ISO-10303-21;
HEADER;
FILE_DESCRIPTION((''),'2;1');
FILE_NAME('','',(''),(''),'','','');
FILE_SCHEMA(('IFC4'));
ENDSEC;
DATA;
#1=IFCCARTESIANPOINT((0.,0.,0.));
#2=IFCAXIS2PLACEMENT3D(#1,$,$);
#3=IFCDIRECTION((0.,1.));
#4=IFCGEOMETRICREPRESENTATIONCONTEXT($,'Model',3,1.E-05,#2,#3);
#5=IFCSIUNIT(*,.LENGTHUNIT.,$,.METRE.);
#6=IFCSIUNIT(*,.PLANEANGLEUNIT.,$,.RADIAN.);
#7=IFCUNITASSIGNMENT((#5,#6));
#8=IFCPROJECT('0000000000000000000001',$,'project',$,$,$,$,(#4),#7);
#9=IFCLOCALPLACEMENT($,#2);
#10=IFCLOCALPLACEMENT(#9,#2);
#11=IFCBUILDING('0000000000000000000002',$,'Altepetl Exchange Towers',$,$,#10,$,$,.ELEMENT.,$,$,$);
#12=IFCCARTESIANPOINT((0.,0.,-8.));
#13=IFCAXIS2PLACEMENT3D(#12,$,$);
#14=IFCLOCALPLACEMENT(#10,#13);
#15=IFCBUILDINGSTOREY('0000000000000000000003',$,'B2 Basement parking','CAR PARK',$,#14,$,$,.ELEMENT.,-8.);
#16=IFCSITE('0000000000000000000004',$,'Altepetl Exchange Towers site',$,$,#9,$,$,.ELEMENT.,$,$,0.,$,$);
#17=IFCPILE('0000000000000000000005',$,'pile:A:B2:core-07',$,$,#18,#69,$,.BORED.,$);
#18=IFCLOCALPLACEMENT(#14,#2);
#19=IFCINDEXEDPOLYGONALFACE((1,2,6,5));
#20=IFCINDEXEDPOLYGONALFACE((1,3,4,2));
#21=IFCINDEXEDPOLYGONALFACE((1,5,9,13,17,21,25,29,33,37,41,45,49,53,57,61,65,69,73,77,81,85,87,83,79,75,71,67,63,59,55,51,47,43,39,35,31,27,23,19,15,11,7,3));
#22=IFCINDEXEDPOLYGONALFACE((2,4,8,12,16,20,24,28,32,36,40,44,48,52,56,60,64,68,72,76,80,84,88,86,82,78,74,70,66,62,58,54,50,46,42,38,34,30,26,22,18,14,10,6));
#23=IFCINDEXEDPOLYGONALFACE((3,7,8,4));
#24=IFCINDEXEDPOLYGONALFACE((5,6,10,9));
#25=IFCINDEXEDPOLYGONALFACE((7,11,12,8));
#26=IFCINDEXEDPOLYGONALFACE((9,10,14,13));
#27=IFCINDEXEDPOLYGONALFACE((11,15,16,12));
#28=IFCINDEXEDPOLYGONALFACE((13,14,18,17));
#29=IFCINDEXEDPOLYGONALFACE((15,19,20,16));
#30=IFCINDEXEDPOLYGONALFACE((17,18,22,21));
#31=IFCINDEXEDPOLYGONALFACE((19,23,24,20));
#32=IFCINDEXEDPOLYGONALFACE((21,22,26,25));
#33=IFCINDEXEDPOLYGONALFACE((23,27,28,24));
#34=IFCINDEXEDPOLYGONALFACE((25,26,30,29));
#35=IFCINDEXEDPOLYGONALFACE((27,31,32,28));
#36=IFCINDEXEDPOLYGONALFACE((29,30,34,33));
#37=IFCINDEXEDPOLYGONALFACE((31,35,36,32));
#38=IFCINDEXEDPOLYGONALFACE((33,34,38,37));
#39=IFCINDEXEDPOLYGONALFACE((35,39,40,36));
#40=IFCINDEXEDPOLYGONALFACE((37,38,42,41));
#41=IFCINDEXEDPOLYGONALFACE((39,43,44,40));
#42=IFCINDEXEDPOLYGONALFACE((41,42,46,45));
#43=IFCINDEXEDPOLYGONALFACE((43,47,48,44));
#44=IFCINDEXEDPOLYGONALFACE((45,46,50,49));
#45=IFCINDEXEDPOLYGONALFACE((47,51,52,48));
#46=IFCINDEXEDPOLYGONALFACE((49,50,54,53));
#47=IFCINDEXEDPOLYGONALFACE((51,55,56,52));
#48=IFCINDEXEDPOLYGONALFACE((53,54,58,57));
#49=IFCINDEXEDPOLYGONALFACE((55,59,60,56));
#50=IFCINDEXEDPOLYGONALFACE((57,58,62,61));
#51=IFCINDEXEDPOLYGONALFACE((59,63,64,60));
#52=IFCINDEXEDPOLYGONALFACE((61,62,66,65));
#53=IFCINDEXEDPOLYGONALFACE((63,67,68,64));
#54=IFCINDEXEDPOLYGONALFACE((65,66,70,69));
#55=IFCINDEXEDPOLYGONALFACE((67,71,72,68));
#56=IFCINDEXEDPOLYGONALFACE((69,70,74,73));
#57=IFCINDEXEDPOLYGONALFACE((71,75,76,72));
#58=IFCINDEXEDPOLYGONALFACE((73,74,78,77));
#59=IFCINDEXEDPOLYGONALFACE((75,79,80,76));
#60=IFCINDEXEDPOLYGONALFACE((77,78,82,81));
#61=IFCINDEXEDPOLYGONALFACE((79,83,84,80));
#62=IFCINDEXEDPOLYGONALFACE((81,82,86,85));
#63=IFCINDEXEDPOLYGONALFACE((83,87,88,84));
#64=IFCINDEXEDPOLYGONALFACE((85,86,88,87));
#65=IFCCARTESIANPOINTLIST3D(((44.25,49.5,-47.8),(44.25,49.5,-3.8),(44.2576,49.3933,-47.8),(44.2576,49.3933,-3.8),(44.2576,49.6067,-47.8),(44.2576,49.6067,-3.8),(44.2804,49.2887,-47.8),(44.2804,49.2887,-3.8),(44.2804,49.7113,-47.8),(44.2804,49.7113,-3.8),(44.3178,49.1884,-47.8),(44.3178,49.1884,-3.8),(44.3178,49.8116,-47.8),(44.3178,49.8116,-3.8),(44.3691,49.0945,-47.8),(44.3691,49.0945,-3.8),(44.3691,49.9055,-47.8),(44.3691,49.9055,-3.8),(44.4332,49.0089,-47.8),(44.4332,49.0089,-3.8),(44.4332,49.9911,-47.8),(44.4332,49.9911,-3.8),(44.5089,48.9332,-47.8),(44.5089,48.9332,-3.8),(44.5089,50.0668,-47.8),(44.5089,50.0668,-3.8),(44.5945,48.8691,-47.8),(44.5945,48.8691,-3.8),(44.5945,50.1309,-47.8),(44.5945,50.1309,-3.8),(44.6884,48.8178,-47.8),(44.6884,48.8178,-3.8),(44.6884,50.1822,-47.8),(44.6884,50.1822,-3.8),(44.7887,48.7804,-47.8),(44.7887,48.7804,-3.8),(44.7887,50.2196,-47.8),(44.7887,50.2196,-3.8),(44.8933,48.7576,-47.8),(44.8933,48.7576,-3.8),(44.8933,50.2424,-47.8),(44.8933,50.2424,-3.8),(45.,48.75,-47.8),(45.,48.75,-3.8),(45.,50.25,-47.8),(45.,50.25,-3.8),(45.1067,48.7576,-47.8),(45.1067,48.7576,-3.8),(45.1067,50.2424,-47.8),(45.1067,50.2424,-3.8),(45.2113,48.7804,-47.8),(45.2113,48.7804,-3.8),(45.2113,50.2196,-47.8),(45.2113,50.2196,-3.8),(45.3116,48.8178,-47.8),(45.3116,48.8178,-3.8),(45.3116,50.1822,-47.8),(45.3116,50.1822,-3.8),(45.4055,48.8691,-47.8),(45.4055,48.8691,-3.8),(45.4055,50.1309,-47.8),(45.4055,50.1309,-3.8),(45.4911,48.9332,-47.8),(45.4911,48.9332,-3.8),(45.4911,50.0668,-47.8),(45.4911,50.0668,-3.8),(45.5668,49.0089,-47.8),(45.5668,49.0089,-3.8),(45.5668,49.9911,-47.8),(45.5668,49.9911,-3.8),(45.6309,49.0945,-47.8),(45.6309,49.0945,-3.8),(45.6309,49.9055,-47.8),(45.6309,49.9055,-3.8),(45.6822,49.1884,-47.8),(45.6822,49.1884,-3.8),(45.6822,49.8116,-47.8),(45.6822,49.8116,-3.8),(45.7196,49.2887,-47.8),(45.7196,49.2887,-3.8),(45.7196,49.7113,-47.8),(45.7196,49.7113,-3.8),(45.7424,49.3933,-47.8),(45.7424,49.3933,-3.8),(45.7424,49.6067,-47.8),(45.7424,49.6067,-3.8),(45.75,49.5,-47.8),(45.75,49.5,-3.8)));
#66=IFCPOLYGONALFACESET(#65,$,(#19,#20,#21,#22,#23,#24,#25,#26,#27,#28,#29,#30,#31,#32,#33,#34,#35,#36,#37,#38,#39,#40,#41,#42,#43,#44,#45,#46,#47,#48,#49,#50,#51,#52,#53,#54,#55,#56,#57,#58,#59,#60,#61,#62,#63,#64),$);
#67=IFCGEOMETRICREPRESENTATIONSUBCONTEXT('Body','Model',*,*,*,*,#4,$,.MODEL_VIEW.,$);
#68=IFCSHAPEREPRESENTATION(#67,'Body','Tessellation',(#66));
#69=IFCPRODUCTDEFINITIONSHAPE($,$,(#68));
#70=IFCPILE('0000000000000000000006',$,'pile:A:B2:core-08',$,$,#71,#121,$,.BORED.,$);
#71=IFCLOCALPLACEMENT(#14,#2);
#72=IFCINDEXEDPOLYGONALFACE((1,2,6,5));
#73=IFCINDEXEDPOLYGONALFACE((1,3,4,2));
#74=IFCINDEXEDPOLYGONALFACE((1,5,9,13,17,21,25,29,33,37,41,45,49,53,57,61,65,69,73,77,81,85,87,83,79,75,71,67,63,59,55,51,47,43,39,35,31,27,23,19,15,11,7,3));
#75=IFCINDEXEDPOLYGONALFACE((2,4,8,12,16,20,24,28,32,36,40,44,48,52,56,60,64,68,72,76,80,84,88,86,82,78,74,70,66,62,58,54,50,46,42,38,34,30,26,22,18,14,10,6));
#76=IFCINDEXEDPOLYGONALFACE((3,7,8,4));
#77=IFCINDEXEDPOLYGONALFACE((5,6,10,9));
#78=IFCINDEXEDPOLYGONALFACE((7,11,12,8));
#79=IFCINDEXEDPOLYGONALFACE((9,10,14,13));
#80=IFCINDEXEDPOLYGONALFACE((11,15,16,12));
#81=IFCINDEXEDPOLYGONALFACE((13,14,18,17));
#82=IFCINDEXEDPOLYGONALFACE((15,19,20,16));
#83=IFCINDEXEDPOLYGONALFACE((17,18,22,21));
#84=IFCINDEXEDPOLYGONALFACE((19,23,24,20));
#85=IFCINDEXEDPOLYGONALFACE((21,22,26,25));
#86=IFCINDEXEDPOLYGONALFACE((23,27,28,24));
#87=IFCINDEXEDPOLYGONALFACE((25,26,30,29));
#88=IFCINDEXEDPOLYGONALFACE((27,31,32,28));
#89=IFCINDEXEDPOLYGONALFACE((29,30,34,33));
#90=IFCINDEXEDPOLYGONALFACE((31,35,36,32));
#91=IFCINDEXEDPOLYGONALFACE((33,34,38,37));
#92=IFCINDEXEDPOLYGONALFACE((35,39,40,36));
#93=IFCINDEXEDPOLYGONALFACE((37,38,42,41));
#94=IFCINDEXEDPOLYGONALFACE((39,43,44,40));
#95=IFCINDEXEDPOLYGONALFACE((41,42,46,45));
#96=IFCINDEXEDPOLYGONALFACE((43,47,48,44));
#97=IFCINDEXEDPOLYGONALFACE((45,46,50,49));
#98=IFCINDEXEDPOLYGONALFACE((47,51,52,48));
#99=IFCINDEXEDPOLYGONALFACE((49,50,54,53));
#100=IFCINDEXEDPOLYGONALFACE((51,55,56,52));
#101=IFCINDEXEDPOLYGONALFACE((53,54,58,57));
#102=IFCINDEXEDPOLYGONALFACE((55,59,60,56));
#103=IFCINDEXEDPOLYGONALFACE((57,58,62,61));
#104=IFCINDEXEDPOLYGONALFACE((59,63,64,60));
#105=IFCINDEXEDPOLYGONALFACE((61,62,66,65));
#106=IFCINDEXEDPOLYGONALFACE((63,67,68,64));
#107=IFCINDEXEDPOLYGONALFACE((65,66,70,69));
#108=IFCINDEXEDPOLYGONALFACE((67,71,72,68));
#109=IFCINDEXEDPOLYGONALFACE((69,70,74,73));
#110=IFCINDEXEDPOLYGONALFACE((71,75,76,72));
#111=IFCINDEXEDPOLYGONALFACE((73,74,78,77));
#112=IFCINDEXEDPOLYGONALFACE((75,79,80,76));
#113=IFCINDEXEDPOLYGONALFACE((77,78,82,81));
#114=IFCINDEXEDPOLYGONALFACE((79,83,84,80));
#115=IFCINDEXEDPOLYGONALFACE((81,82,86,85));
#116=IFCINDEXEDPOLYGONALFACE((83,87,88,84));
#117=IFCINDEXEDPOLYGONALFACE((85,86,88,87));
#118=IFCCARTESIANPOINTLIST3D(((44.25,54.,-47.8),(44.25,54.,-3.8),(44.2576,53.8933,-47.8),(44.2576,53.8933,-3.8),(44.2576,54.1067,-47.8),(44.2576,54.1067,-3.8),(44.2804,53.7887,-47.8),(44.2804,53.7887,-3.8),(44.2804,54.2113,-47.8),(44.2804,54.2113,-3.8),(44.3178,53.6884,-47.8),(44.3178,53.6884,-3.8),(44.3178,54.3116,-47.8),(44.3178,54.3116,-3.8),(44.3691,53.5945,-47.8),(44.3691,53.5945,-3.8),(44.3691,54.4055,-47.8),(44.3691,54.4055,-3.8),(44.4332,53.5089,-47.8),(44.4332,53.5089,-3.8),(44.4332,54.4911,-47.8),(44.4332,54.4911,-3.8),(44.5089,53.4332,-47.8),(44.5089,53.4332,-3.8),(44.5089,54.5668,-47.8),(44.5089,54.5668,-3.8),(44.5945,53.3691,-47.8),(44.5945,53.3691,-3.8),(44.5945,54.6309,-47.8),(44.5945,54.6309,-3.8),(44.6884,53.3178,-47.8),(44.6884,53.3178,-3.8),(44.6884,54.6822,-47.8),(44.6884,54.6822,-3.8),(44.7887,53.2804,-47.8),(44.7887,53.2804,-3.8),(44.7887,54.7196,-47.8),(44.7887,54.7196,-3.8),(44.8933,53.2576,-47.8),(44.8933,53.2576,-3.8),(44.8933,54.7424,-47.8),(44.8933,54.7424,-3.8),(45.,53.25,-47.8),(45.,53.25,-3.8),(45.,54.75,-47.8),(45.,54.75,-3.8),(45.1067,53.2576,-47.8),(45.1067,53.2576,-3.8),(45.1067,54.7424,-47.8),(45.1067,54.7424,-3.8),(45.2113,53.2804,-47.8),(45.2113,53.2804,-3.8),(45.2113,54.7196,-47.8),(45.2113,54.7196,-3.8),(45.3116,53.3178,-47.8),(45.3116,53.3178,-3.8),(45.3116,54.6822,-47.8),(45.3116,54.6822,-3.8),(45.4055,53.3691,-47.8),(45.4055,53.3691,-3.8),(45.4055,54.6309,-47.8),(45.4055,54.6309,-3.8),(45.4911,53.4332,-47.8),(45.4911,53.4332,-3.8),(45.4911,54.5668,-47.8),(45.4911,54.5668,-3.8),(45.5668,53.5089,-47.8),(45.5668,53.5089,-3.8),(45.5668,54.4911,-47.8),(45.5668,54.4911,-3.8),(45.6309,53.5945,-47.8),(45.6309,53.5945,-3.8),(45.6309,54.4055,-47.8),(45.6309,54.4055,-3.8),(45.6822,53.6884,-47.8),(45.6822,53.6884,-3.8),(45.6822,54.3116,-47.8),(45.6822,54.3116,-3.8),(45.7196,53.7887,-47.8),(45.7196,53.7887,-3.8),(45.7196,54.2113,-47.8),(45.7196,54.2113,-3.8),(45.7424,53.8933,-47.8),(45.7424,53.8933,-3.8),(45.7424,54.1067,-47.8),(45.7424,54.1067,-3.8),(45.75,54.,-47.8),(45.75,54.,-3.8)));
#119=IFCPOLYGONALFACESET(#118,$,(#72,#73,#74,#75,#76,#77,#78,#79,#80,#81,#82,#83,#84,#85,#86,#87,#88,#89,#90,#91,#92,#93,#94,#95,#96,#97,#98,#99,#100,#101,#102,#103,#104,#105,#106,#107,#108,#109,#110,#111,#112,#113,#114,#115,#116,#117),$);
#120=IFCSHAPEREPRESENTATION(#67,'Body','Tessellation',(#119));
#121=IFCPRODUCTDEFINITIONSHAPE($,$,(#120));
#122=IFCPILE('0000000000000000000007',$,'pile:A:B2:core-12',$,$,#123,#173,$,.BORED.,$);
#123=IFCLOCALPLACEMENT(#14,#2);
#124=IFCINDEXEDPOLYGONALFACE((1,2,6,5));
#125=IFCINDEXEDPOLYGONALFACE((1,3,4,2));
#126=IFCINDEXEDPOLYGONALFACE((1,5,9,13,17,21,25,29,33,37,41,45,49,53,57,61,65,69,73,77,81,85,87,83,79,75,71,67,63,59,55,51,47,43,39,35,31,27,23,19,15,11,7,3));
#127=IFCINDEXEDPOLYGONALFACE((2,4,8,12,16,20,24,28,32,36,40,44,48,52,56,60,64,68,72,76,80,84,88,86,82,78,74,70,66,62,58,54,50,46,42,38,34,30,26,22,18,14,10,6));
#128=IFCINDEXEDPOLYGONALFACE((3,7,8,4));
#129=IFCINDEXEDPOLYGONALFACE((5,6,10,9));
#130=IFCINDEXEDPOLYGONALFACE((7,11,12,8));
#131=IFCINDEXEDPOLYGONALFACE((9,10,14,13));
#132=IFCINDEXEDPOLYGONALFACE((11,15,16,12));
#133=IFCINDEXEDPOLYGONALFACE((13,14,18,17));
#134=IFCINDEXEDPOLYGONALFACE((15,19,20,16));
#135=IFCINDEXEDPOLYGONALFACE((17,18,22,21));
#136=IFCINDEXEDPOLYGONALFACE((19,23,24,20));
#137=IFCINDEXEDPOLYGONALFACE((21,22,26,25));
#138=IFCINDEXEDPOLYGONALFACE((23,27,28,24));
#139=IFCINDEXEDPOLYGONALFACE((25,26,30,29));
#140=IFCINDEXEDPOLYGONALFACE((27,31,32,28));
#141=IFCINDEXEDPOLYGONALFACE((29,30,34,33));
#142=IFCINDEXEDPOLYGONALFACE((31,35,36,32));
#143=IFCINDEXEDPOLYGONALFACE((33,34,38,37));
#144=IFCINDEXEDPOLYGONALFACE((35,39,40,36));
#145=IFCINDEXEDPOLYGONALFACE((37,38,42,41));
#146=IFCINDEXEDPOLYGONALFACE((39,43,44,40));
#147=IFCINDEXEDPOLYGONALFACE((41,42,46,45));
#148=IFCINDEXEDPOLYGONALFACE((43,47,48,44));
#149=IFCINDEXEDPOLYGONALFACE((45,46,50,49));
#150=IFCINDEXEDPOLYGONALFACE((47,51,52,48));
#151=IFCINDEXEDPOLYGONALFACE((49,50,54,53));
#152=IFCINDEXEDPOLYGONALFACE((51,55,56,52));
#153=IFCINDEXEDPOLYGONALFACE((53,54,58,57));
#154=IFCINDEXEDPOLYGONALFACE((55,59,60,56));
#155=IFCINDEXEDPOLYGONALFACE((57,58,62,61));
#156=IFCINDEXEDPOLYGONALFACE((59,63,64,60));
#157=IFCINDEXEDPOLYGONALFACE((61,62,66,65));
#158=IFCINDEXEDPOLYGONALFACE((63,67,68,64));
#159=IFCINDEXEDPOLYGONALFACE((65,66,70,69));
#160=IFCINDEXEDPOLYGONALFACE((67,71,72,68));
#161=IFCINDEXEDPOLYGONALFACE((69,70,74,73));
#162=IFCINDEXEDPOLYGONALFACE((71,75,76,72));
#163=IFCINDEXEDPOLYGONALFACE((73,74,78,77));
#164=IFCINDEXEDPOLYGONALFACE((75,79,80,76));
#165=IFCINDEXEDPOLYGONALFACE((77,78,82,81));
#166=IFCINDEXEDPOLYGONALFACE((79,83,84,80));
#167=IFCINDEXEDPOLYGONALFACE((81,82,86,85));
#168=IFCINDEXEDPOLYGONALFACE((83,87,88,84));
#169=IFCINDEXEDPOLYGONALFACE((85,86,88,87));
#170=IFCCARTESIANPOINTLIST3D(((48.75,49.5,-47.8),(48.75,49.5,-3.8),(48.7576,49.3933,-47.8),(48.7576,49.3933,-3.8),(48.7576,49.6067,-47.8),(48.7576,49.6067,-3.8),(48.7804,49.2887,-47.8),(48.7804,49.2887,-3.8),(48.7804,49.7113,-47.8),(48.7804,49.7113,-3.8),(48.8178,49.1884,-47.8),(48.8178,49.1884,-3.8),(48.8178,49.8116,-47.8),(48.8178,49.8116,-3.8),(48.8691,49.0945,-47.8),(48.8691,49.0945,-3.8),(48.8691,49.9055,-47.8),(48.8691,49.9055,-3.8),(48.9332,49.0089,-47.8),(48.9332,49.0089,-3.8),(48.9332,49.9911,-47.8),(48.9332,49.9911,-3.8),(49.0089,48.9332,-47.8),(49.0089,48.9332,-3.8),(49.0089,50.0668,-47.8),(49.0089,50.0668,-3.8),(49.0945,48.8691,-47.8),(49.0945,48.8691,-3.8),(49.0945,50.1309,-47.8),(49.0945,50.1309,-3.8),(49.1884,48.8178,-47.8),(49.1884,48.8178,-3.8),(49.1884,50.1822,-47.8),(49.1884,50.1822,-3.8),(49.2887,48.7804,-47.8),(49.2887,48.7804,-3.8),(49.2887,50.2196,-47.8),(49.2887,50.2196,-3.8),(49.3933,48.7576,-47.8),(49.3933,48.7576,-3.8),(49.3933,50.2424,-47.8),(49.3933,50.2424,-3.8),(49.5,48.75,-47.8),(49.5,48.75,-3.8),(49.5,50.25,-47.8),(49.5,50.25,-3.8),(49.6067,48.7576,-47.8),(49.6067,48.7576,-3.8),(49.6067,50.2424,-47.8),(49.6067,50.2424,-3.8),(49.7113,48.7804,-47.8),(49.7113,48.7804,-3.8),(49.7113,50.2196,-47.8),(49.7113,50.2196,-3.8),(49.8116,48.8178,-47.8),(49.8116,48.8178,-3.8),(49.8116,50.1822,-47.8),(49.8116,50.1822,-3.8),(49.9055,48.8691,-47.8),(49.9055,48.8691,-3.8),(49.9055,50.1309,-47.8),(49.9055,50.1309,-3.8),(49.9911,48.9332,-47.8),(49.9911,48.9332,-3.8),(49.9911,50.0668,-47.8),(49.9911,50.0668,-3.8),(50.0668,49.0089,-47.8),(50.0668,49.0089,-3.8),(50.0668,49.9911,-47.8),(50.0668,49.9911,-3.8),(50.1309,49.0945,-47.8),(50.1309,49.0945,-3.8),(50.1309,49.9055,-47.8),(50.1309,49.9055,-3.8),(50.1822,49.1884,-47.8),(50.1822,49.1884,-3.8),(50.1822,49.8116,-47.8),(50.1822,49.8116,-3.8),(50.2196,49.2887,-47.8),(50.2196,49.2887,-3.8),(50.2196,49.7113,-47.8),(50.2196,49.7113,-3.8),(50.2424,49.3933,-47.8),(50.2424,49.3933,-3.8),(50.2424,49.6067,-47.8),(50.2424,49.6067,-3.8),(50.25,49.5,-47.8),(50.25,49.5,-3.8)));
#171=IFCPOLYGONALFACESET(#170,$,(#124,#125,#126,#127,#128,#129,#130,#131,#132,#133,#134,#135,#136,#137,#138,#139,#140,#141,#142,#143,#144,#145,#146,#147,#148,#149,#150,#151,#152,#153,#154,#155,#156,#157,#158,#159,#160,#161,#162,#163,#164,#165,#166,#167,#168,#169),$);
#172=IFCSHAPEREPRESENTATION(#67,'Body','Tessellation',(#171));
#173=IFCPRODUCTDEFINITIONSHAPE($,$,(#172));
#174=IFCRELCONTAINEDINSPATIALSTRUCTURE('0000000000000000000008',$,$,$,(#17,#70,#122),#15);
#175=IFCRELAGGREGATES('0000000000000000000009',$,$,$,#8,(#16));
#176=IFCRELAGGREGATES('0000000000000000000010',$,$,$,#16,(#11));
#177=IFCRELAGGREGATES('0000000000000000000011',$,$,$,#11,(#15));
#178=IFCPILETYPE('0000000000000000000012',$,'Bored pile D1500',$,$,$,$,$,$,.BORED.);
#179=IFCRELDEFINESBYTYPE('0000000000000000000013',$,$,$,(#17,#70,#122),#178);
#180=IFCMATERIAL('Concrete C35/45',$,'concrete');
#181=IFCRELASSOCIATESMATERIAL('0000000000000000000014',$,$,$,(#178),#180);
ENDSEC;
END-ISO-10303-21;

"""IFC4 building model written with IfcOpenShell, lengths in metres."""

from ifc_helpers import new_model, si_unit, direction, frame, origin, origin_2d, place, context, subcontext, project, spatial, circle, extrude, material, material_profile, profile_set, type_object, element, save


model = new_model("IFC4")

# Units and contexts
model_context = context("Model", 3, precision=1e-05, world=origin(), true_north=direction((0.0, 1.0)))
body_context = subcontext(model_context, "Body", "Model", "MODEL_VIEW")
ifc_project = project(units=[si_unit("LENGTHUNIT", "METRE"), si_unit("PLANEANGLEUNIT", "RADIAN")], contexts=[model_context])

# Site, building, storey
site_placement = place(None, origin())
site = spatial("IfcSite", under=ifc_project, at=site_placement, Name="Altepetl Exchange Towers site", CompositionType="ELEMENT", RefElevation=0.0)
building_placement = place(site_placement, origin())
building = spatial("IfcBuilding", under=site, at=building_placement, Name="Altepetl Exchange Towers", CompositionType="ELEMENT")
storey_placement = place(building_placement, frame((0.0, 0.0, -8.0)))
storey = spatial("IfcBuildingStorey", under=building, at=storey_placement, Name="B2 Basement parking", Description="CAR PARK", CompositionType="ELEMENT", Elevation=-8.0)

# Piles
ifc_material_1 = material(Name="Concrete C35/45", Category="concrete")
ifc_material_profile = material_profile(ifc_material_1, circle(Radius=0.75, at=origin_2d()), Name="D1500")
ifc_profile_set = profile_set([ifc_material_profile], Name="Concrete C35/45")
pile_type = type_object("IfcPileType", Name="Bored pile D1500", PredefinedType="BORED", material=ifc_profile_set)
for number, where, z_axis, x_axis, name in (
    (1, (45.0, 49.5, -3.8), (0.0, 0.0, -1.0), (1.0, 0.0, 0.0), "pile:A:B2:core-07"),
    (2, (45.0, 54.0, -3.8), (0.0, 0.0, -1.0), (1.0, 0.0, 0.0), "pile:A:B2:core-08"),
    (3, (49.5, 49.5, -3.8), (0.0, 0.0, -1.0), (1.0, 0.0, 0.0), "pile:A:B2:core-12"),
):
    element("IfcPile", number, at=place(storey_placement, frame(where, z_axis=z_axis, x_axis=x_axis)), inside=storey, type_object=pile_type, Name=name, PredefinedType="BORED", context=body_context, shape_type="SweptSolid", body=[
        extrude(circle(Radius=0.75, at=origin_2d()), origin(), (0.0, 0.0, 1.0), 44.0),
    ])

save(model, "model.ifc")
